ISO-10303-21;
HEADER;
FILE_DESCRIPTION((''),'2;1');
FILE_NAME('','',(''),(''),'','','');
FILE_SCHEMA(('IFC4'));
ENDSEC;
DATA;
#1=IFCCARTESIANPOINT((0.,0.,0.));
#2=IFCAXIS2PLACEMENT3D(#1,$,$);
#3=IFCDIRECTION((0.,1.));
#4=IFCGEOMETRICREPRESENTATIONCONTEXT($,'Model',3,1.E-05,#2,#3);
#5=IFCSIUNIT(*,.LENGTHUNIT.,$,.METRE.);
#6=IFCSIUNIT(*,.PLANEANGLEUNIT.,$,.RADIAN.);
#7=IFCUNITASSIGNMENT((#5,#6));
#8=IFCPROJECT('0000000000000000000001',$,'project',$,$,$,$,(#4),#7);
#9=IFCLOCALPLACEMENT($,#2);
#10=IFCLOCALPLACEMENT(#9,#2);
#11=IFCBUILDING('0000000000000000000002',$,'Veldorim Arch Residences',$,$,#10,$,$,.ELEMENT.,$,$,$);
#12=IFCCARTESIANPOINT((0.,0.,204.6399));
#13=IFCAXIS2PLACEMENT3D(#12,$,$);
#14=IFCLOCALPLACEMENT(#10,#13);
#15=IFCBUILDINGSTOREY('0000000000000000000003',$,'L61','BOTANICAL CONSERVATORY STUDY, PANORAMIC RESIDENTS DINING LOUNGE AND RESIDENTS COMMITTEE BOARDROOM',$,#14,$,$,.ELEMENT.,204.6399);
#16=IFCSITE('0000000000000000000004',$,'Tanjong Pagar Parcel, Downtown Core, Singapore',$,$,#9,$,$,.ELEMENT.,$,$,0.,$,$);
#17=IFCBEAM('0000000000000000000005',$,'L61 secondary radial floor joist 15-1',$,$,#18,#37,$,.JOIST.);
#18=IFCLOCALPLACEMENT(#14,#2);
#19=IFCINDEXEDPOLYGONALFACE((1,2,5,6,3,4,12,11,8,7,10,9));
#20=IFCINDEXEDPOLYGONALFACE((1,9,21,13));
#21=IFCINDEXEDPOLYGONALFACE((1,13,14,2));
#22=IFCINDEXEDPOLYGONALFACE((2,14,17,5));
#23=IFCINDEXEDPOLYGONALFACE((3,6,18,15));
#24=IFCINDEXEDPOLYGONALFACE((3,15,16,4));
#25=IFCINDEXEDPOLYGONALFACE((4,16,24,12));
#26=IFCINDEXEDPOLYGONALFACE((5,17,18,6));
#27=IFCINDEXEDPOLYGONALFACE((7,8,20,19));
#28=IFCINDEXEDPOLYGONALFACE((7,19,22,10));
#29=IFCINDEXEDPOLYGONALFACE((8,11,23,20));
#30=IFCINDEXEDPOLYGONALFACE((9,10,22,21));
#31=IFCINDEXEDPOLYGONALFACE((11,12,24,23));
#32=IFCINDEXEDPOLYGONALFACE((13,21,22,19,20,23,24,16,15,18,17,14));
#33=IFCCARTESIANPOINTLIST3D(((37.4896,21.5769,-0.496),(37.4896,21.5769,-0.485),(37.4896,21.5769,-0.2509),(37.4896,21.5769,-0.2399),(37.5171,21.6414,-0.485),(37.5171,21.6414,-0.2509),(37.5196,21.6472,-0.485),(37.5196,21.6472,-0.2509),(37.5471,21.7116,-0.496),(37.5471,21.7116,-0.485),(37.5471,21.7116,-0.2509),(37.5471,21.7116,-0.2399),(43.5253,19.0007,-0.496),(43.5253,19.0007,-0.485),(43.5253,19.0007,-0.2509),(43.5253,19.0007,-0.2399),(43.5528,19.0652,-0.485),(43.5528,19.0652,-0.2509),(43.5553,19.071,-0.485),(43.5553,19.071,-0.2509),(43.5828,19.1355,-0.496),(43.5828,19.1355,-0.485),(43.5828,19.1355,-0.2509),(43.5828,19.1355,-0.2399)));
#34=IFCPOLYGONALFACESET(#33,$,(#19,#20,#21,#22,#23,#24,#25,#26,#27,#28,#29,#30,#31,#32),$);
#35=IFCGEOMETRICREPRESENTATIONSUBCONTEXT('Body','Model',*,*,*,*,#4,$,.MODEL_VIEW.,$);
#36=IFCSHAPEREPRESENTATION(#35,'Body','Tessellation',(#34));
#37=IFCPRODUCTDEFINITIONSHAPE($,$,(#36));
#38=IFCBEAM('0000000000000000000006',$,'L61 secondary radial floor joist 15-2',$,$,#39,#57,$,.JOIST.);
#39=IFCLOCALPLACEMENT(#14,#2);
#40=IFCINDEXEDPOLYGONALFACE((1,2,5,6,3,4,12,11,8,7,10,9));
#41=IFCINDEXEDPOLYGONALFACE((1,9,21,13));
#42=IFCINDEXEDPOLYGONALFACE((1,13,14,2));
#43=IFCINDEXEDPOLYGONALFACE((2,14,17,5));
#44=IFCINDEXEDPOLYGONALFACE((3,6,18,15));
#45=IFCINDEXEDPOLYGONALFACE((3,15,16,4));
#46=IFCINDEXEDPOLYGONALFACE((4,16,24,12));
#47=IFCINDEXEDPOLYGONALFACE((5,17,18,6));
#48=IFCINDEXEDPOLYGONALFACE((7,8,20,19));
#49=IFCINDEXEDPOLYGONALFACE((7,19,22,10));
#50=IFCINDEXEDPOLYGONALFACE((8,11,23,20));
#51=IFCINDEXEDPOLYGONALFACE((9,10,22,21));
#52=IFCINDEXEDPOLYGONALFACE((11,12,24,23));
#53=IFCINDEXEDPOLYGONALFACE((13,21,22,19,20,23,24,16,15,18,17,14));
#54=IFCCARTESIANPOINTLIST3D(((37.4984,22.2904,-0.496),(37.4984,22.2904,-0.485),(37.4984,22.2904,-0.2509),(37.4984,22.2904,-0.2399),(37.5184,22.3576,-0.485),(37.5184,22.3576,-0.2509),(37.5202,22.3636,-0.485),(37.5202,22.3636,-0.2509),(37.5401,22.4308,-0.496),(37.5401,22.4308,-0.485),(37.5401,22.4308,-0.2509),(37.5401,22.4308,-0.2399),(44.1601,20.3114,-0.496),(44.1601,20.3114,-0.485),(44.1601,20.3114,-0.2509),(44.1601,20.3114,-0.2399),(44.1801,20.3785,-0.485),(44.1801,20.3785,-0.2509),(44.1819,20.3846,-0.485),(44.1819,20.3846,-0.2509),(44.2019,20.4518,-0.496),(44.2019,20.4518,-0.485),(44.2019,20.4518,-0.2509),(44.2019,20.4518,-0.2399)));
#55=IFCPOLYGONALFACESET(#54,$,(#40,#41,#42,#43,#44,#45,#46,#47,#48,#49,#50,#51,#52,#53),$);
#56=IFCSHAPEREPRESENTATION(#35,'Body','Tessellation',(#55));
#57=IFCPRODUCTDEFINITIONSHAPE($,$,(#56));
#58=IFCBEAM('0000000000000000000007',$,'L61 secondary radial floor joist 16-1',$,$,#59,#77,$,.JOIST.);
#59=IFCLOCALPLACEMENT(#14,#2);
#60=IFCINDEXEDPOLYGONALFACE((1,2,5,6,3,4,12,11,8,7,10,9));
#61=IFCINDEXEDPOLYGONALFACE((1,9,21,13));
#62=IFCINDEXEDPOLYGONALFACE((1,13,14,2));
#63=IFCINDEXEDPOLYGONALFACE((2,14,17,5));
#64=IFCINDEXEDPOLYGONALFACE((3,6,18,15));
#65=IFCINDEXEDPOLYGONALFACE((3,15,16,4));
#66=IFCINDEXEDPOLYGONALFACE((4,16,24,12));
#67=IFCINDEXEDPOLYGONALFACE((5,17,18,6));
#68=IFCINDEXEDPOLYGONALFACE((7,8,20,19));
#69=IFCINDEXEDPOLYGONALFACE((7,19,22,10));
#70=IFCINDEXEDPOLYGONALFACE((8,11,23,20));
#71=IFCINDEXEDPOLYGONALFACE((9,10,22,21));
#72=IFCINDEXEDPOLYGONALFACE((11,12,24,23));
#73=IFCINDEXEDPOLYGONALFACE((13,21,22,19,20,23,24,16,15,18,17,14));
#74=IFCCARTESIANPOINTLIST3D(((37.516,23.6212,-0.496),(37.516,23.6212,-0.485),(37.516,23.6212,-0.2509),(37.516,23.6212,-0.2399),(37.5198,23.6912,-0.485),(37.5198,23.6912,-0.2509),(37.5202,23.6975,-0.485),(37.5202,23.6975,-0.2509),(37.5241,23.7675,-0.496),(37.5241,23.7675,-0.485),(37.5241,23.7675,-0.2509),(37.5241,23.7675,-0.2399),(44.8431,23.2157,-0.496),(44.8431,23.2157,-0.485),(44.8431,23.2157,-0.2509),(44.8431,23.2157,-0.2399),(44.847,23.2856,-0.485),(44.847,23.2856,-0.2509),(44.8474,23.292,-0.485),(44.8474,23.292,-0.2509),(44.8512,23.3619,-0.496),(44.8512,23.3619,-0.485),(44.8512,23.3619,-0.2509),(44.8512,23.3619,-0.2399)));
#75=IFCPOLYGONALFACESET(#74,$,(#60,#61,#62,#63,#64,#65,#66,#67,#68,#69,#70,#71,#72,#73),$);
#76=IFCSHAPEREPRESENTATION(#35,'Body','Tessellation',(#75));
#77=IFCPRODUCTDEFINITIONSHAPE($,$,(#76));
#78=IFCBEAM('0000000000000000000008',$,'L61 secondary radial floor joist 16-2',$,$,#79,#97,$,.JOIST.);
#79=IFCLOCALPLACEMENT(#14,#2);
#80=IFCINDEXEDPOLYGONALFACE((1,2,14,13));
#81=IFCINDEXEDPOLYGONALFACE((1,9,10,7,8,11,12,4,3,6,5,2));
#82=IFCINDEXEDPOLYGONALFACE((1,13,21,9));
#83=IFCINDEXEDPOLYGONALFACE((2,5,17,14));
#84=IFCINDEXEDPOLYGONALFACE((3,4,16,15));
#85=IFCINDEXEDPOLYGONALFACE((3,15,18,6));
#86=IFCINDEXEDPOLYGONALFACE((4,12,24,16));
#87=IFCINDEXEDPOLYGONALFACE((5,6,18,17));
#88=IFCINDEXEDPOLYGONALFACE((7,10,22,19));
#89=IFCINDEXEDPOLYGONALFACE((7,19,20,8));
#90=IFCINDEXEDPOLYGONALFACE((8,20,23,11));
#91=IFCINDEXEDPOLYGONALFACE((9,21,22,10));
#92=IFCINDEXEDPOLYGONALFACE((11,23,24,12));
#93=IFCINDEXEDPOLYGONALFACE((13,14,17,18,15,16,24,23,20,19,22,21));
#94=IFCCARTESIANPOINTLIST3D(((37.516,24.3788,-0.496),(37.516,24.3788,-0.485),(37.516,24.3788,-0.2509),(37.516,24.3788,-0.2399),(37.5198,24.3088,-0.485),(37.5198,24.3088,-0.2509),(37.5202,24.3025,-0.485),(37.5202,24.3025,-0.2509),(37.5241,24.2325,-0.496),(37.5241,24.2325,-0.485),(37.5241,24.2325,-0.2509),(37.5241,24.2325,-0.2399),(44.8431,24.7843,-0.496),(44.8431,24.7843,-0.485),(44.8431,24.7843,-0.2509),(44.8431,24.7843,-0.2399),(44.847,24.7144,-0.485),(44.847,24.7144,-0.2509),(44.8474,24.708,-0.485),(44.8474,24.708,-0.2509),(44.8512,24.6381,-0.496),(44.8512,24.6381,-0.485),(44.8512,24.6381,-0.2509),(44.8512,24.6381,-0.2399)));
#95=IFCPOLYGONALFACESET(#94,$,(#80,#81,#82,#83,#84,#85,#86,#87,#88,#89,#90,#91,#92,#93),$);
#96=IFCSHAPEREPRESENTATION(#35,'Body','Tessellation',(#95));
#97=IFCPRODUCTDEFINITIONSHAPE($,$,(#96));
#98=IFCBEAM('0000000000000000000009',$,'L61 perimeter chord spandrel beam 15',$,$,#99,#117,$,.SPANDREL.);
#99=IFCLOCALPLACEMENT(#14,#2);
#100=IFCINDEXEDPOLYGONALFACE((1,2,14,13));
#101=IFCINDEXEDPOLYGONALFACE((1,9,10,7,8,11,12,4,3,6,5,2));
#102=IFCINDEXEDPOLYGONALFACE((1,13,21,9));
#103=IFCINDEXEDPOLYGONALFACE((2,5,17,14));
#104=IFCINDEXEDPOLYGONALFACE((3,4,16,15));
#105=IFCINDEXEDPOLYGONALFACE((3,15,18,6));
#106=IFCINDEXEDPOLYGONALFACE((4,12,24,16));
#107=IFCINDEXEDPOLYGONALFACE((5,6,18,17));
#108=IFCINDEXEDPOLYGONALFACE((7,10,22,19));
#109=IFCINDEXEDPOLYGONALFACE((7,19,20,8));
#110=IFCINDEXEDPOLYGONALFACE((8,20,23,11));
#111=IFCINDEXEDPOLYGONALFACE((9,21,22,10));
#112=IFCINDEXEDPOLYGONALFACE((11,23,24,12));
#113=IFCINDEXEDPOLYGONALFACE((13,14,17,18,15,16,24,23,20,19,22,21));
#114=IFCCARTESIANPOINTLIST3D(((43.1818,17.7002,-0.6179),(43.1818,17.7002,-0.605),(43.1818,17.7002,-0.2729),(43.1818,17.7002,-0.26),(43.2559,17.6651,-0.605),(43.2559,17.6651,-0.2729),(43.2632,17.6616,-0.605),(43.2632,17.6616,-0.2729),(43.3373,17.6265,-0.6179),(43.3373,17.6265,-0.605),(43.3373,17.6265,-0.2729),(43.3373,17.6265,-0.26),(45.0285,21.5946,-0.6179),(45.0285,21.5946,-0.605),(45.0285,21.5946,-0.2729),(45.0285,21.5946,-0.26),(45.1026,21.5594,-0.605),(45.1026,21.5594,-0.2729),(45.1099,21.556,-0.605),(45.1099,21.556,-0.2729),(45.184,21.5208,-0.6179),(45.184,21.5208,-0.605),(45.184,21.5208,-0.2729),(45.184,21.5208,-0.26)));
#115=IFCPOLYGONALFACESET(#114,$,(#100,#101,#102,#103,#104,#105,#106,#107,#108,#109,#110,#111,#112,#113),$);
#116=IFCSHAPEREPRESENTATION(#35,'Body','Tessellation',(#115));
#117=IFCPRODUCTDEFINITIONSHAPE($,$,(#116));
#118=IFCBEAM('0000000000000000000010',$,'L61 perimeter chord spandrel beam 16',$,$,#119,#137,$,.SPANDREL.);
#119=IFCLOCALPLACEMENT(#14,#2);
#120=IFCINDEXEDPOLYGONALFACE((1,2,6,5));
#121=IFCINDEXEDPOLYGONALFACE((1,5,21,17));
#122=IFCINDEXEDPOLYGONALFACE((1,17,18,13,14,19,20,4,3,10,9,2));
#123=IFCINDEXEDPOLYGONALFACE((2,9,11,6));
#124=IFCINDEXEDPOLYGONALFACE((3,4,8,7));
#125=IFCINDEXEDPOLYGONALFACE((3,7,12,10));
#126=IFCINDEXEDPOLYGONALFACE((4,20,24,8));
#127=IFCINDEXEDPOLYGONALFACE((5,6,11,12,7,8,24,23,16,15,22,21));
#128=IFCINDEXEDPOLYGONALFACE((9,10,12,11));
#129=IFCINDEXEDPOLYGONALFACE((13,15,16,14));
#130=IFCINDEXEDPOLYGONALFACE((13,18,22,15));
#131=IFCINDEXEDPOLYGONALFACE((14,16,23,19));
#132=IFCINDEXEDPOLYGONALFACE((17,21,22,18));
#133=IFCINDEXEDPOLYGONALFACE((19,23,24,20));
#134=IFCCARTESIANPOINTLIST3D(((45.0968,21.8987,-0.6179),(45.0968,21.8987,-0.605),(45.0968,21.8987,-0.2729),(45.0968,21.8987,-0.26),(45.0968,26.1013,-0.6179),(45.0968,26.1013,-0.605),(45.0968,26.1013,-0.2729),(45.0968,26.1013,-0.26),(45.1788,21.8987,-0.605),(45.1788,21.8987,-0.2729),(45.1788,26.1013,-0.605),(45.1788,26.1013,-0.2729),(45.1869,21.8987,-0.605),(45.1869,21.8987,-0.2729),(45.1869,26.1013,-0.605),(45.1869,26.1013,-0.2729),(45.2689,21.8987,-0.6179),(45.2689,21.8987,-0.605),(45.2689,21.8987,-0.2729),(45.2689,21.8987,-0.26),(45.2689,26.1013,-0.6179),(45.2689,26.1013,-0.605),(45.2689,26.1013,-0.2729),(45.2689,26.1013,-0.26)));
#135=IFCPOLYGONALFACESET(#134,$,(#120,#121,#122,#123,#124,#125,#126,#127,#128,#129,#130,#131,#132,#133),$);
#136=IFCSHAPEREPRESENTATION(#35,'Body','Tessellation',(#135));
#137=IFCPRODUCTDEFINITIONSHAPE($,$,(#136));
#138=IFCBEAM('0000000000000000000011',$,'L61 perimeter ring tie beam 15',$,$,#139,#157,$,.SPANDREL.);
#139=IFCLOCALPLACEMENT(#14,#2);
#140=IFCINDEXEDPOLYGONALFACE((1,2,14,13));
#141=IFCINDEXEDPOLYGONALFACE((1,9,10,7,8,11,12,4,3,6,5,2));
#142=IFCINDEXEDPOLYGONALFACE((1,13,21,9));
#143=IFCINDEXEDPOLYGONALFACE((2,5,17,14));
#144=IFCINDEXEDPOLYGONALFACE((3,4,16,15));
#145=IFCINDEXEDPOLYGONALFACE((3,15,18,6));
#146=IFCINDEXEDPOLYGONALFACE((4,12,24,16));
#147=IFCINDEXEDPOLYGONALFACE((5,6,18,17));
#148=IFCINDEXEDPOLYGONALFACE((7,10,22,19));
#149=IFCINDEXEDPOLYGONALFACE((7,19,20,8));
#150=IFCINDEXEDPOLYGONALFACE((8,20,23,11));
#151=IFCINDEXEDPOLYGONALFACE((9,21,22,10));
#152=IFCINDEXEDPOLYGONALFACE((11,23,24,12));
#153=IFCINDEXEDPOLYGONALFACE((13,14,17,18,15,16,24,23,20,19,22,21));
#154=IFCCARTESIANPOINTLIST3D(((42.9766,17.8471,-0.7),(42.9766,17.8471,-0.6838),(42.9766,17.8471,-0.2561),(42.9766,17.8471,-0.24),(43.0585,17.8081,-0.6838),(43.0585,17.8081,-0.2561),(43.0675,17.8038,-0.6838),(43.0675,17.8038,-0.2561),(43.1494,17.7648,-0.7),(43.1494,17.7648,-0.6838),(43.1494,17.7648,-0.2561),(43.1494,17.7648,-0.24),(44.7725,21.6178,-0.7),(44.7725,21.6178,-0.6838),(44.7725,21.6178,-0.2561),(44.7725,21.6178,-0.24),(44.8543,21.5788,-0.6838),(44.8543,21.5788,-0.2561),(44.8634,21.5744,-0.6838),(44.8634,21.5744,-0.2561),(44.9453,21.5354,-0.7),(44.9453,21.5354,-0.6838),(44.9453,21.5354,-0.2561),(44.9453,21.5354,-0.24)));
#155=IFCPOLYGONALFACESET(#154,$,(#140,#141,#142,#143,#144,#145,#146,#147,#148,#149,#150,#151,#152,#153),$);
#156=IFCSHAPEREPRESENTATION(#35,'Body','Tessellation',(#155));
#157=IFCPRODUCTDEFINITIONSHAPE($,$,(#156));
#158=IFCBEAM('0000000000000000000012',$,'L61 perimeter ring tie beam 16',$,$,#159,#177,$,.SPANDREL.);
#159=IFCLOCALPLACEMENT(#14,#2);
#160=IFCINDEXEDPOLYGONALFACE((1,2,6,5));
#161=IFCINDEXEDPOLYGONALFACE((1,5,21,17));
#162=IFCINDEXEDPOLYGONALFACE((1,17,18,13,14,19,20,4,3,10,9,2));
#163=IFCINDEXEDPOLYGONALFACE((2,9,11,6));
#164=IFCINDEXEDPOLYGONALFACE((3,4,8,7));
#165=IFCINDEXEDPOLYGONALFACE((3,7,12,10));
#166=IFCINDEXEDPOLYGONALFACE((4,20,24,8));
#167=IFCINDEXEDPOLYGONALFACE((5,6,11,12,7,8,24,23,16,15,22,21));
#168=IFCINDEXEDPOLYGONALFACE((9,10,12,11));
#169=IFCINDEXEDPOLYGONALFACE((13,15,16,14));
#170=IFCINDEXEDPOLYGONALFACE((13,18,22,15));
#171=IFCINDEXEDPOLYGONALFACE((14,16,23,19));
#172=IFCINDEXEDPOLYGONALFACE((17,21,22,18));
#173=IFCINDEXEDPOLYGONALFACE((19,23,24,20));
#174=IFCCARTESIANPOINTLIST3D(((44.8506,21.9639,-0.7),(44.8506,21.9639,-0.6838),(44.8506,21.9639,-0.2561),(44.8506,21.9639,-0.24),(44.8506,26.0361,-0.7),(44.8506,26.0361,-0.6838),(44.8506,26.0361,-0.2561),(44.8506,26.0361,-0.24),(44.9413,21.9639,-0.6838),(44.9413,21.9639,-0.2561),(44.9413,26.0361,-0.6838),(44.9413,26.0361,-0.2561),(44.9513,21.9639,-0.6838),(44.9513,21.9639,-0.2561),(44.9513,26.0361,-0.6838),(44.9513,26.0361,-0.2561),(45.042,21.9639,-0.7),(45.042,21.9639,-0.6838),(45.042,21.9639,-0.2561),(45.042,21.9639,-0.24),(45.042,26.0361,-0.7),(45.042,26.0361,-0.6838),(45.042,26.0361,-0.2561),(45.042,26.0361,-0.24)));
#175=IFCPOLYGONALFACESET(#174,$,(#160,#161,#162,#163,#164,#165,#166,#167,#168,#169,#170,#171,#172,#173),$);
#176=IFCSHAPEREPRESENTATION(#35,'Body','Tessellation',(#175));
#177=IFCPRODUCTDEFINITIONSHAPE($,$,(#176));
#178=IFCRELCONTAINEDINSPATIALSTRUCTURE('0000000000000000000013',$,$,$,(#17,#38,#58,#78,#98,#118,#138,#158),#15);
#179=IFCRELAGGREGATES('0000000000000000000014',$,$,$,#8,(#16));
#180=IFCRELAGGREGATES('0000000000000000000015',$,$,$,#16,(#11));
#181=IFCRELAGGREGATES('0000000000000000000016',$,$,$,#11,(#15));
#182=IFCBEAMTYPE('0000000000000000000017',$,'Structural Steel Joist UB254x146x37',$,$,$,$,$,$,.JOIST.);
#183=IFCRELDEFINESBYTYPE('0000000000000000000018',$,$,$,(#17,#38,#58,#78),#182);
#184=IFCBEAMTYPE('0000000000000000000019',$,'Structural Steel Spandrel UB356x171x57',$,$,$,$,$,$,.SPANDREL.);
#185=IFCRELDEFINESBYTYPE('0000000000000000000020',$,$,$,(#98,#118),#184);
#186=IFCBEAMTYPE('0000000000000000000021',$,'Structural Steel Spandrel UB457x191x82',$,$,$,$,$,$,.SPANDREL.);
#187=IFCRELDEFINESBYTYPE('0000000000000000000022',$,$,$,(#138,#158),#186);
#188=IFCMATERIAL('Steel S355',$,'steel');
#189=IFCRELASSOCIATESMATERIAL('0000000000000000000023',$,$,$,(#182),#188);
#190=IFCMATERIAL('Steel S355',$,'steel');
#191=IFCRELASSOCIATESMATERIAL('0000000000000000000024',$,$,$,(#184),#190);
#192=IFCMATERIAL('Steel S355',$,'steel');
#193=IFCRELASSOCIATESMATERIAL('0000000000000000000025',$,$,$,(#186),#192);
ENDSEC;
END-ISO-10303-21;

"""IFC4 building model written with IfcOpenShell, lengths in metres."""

from ifc_helpers import new_model, si_unit, direction, frame, origin, origin_2d, place, context, subcontext, project, spatial, i_section, extrude, material, material_profile, profile_set, type_object, element, save


model = new_model("IFC4")

# Units and contexts
model_context = context("Model", 3, precision=1e-05, world=origin(), true_north=direction((0.0, 1.0)))
body_context = subcontext(model_context, "Body", "Model", "MODEL_VIEW")
ifc_project = project(units=[si_unit("LENGTHUNIT", "METRE"), si_unit("PLANEANGLEUNIT", "RADIAN")], contexts=[model_context])

# Site, building, storey
site_placement = place(None, origin())
site = spatial("IfcSite", under=ifc_project, at=site_placement, Name="Tanjong Pagar Parcel, Downtown Core, Singapore", CompositionType="ELEMENT", RefElevation=0.0)
building_placement = place(site_placement, origin())
building = spatial("IfcBuilding", under=site, at=building_placement, Name="Veldorim Arch Residences", CompositionType="ELEMENT")
storey_placement = place(building_placement, frame((0.0, 0.0, 204.6399)))
storey = spatial("IfcBuildingStorey", under=building, at=storey_placement, Name="L61", Description="BOTANICAL CONSERVATORY STUDY, PANORAMIC RESIDENTS DINING LOUNGE AND RESIDENTS COMMITTEE BOARDROOM", CompositionType="ELEMENT", Elevation=204.6399)

# Beams
ifc_material_1 = material(Name="Steel S355", Category="steel")
ifc_material_profile_1 = material_profile(ifc_material_1, i_section(OverallWidth=0.1465, OverallDepth=0.2561, WebThickness=0.0063, FlangeThickness=0.011, at=origin_2d()), Name="UB254x146x37")
ifc_profile_set_1 = profile_set([ifc_material_profile_1], Name="Steel S355")
beam_type_1 = type_object("IfcBeamType", Name="Structural Steel Joist UB254x146x37", PredefinedType="JOIST", material=ifc_profile_set_1)
beam_1_placement = place(storey_placement, frame((37.5183, 21.6443, -0.3679), z_axis=(0.919725, -0.392563, 0.0), x_axis=(0.392563, 0.919725, 0.0)))
element("IfcBeam", 1, at=beam_1_placement, inside=storey, type_object=beam_type_1, Name="L61 secondary radial floor joist 15-1", PredefinedType="JOIST", context=body_context, shape_type="SweptSolid", body=[
    extrude(i_section(OverallWidth=0.1465, OverallDepth=0.2561, WebThickness=0.0063, FlangeThickness=0.011, at=origin_2d()), origin(), (0.0, 0.0, 1.0), 6.5625),
])
beam_2_placement = place(storey_placement, frame((37.5193, 22.3606, -0.3679), z_axis=(0.958594, -0.284775, 0.0), x_axis=(0.284775, 0.958594, 0.0)))
element("IfcBeam", 2, at=beam_2_placement, inside=storey, type_object=beam_type_1, Name="L61 secondary radial floor joist 15-2", PredefinedType="JOIST", context=body_context, shape_type="SweptSolid", body=[
    extrude(i_section(OverallWidth=0.1465, OverallDepth=0.2561, WebThickness=0.0063, FlangeThickness=0.011, at=origin_2d()), origin(), (0.0, 0.0, 1.0), 6.9495),
])
for number, where, z_axis, x_axis, name in (
    (3, (37.52, 23.6943, -0.3679), (0.998472, -0.05526, 0.0), (0.05526, 0.998472, 0.0), "L61 secondary radial floor joist 16-1"),
    (4, (37.52, 24.3057, -0.3679), (0.998472, 0.05526, 0.0), (-0.05526, 0.998472, 0.0), "L61 secondary radial floor joist 16-2"),
):
    element("IfcBeam", number, at=place(storey_placement, frame(where, z_axis=z_axis, x_axis=x_axis)), inside=storey, type_object=beam_type_1, Name=name, PredefinedType="JOIST", context=body_context, shape_type="SweptSolid", body=[
        extrude(i_section(OverallWidth=0.1465, OverallDepth=0.2561, WebThickness=0.0063, FlangeThickness=0.011, at=origin_2d()), origin(), (0.0, 0.0, 1.0), 7.3384),
    ])
ifc_material_2 = material(Name="Steel S355", Category="steel")
ifc_material_profile_2 = material_profile(ifc_material_2, i_section(OverallWidth=0.1721, OverallDepth=0.3579, WebThickness=0.0081, FlangeThickness=0.0129, at=origin_2d()), Name="UB356x171x57")
ifc_profile_set_2 = profile_set([ifc_material_profile_2], Name="Steel S355")
beam_type_2 = type_object("IfcBeamType", Name="Structural Steel Spandrel UB356x171x57", PredefinedType="SPANDREL", material=ifc_profile_set_2)
beam_3_placement = place(storey_placement, frame((43.2595, 17.6633, -0.439), z_axis=(0.428469, 0.903557, 0.0), x_axis=(-0.903557, 0.428469, 0.0)))
element("IfcBeam", 5, at=beam_3_placement, inside=storey, type_object=beam_type_2, Name="L61 perimeter chord spandrel beam 15", PredefinedType="SPANDREL", context=body_context, shape_type="SweptSolid", body=[
    extrude(i_section(OverallWidth=0.1721, OverallDepth=0.3579, WebThickness=0.0081, FlangeThickness=0.0129, at=origin_2d()), origin(), (0.0, 0.0, 1.0), 4.3101),
])
beam_4_placement = place(storey_placement, frame((45.1829, 21.8987, -0.439), z_axis=(0.0, 1.0, 0.0), x_axis=(-1.0, 0.0, 0.0)))
element("IfcBeam", 6, at=beam_4_placement, inside=storey, type_object=beam_type_2, Name="L61 perimeter chord spandrel beam 16", PredefinedType="SPANDREL", context=body_context, shape_type="SweptSolid", body=[
    extrude(i_section(OverallWidth=0.1721, OverallDepth=0.3579, WebThickness=0.0081, FlangeThickness=0.0129, at=origin_2d()), origin(), (0.0, 0.0, 1.0), 4.2026),
])
ifc_material_3 = material(Name="Steel S355", Category="steel")
ifc_material_profile_3 = material_profile(ifc_material_3, i_section(OverallWidth=0.1914, OverallDepth=0.46, WebThickness=0.01, FlangeThickness=0.0161, at=origin_2d()), Name="UB457x191x82")
ifc_profile_set_3 = profile_set([ifc_material_profile_3], Name="Steel S355")
beam_type_3 = type_object("IfcBeamType", Name="Structural Steel Spandrel UB457x191x82", PredefinedType="SPANDREL", material=ifc_profile_set_3)
beam_5_placement = place(storey_placement, frame((43.063, 17.8059, -0.47), z_axis=(0.429993, 0.902832, 0.0), x_axis=(-0.902832, 0.429993, 0.0)))
element("IfcBeam", 7, at=beam_5_placement, inside=storey, type_object=beam_type_3, Name="L61 perimeter ring tie beam 15", PredefinedType="SPANDREL", context=body_context, shape_type="SweptSolid", body=[
    extrude(i_section(OverallWidth=0.1914, OverallDepth=0.46, WebThickness=0.01, FlangeThickness=0.0161, at=origin_2d()), origin(), (0.0, 0.0, 1.0), 4.1765),
])
beam_6_placement = place(storey_placement, frame((44.9463, 21.9639, -0.47), z_axis=(0.0, 1.0, 0.0), x_axis=(-1.0, 0.0, 0.0)))
element("IfcBeam", 8, at=beam_6_placement, inside=storey, type_object=beam_type_3, Name="L61 perimeter ring tie beam 16", PredefinedType="SPANDREL", context=body_context, shape_type="SweptSolid", body=[
    extrude(i_section(OverallWidth=0.1914, OverallDepth=0.46, WebThickness=0.01, FlangeThickness=0.0161, at=origin_2d()), origin(), (0.0, 0.0, 1.0), 4.0723),
])

save(model, "model.ifc")
